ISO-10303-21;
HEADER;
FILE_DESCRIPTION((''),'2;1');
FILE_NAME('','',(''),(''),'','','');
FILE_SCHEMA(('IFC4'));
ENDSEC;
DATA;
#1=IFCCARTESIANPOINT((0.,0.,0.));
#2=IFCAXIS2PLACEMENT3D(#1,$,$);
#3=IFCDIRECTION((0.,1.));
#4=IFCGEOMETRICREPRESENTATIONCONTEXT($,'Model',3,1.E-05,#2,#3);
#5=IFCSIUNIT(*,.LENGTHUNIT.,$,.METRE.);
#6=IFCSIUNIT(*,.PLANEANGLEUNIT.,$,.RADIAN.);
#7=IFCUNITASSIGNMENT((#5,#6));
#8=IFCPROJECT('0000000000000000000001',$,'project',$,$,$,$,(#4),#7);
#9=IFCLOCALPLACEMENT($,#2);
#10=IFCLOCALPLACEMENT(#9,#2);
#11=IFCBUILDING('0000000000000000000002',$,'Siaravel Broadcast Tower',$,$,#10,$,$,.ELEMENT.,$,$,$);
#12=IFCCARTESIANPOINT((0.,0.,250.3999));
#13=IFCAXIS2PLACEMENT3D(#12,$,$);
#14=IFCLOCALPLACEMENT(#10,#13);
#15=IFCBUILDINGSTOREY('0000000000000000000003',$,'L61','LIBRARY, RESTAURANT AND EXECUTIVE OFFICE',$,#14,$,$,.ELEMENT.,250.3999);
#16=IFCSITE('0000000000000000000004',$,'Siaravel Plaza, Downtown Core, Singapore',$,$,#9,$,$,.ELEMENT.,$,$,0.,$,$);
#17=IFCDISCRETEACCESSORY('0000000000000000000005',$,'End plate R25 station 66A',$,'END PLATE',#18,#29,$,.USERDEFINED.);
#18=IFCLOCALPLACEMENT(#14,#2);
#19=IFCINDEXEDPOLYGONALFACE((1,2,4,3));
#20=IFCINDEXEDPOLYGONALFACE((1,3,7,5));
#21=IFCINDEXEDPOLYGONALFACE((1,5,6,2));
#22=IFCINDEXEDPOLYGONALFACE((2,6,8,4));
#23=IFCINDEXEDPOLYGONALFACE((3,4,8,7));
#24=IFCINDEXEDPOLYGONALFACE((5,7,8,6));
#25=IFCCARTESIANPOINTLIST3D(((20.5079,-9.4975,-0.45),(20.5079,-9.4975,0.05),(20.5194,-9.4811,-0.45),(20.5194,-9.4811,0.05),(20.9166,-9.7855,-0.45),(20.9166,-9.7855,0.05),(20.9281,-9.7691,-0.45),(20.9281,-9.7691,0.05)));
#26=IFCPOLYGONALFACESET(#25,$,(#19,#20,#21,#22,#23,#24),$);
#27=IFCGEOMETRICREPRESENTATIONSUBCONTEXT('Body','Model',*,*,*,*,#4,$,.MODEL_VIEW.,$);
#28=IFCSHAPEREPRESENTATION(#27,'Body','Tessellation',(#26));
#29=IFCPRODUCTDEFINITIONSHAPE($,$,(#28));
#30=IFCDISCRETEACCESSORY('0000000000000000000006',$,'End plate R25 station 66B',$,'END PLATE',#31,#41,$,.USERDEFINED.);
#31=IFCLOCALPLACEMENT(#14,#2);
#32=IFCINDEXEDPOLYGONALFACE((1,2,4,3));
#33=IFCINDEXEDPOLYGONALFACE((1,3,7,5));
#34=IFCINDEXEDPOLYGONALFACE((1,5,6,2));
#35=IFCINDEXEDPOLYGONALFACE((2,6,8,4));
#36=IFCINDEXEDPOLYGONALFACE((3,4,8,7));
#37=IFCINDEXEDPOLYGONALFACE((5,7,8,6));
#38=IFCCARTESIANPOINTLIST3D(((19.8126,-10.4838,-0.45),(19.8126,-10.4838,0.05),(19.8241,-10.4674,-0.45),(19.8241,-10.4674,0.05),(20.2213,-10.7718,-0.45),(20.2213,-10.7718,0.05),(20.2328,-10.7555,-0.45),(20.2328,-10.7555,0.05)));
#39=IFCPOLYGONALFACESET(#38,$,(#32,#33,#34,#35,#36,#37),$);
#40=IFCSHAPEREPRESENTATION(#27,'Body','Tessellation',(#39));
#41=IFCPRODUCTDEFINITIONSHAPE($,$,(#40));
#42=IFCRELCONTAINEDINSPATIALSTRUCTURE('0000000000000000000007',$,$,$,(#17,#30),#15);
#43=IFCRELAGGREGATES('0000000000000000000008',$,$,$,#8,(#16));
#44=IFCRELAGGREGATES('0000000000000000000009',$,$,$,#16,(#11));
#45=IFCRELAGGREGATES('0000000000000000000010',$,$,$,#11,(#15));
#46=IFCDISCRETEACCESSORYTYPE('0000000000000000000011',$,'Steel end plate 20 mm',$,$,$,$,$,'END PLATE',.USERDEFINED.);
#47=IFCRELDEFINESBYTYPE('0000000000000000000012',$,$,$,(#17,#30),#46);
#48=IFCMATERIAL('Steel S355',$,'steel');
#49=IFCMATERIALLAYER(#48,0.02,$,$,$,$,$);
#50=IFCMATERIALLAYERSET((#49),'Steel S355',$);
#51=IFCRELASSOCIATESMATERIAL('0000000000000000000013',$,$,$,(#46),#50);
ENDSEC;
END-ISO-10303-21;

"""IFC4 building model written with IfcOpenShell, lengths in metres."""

from ifc_helpers import new_model, si_unit, direction, frame, origin, origin_2d, place, context, subcontext, project, spatial, rectangle, extrude, material, layer, layer_set, type_object, element, save


model = new_model("IFC4")

# Units and contexts
model_context = context("Model", 3, precision=1e-05, world=origin(), true_north=direction((0.0, 1.0)))
body_context = subcontext(model_context, "Body", "Model", "MODEL_VIEW")
ifc_project = project(units=[si_unit("LENGTHUNIT", "METRE"), si_unit("PLANEANGLEUNIT", "RADIAN")], contexts=[model_context])

# Site, building, storey
site_placement = place(None, origin())
site = spatial("IfcSite", under=ifc_project, at=site_placement, Name="Siaravel Plaza, Downtown Core, Singapore", CompositionType="ELEMENT", RefElevation=0.0)
building_placement = place(site_placement, origin())
building = spatial("IfcBuilding", under=site, at=building_placement, Name="Siaravel Broadcast Tower", CompositionType="ELEMENT")
storey_placement = place(building_placement, frame((0.0, 0.0, 250.3999)))
storey = spatial("IfcBuildingStorey", under=building, at=storey_placement, Name="L61", Description="LIBRARY, RESTAURANT AND EXECUTIVE OFFICE", CompositionType="ELEMENT", Elevation=250.3999)

# Shared definitions
ifc_material_1 = material(Name="Steel S355", Category="steel")

# Discrete accessories
ifc_layer_1 = layer(ifc_material_1, 0.02)
ifc_layer_set_1 = layer_set([ifc_layer_1], Name="Steel S355")
discrete_accessory_type_1 = type_object("IfcDiscreteAccessoryType", Name="Steel end plate 20 mm", ElementType="END PLATE", PredefinedType="USERDEFINED", material=ifc_layer_set_1)
for number, where, z_axis, x_axis, name in (
    (1, (20.718, -9.6333, -0.45), (0.0, 0.0, 1.0), (0.576119, 0.817366, 0.0), "End plate R25 station 66A"),
    (2, (20.0227, -10.6196, -0.45), (0.0, 0.0, 1.0), (0.576119, 0.817366, 0.0), "End plate R25 station 66B"),
):
    element("IfcDiscreteAccessory", number, at=place(storey_placement, frame(where, z_axis=z_axis, x_axis=x_axis)), inside=storey, type_object=discrete_accessory_type_1, Name=name, ObjectType="END PLATE", PredefinedType="USERDEFINED", context=body_context, shape_type="SweptSolid", body=[
        extrude(rectangle(XDim=0.02, YDim=0.5, at=origin_2d()), origin(), (0.0, 0.0, 1.0), 0.5),
    ])

save(model, "model.ifc")
